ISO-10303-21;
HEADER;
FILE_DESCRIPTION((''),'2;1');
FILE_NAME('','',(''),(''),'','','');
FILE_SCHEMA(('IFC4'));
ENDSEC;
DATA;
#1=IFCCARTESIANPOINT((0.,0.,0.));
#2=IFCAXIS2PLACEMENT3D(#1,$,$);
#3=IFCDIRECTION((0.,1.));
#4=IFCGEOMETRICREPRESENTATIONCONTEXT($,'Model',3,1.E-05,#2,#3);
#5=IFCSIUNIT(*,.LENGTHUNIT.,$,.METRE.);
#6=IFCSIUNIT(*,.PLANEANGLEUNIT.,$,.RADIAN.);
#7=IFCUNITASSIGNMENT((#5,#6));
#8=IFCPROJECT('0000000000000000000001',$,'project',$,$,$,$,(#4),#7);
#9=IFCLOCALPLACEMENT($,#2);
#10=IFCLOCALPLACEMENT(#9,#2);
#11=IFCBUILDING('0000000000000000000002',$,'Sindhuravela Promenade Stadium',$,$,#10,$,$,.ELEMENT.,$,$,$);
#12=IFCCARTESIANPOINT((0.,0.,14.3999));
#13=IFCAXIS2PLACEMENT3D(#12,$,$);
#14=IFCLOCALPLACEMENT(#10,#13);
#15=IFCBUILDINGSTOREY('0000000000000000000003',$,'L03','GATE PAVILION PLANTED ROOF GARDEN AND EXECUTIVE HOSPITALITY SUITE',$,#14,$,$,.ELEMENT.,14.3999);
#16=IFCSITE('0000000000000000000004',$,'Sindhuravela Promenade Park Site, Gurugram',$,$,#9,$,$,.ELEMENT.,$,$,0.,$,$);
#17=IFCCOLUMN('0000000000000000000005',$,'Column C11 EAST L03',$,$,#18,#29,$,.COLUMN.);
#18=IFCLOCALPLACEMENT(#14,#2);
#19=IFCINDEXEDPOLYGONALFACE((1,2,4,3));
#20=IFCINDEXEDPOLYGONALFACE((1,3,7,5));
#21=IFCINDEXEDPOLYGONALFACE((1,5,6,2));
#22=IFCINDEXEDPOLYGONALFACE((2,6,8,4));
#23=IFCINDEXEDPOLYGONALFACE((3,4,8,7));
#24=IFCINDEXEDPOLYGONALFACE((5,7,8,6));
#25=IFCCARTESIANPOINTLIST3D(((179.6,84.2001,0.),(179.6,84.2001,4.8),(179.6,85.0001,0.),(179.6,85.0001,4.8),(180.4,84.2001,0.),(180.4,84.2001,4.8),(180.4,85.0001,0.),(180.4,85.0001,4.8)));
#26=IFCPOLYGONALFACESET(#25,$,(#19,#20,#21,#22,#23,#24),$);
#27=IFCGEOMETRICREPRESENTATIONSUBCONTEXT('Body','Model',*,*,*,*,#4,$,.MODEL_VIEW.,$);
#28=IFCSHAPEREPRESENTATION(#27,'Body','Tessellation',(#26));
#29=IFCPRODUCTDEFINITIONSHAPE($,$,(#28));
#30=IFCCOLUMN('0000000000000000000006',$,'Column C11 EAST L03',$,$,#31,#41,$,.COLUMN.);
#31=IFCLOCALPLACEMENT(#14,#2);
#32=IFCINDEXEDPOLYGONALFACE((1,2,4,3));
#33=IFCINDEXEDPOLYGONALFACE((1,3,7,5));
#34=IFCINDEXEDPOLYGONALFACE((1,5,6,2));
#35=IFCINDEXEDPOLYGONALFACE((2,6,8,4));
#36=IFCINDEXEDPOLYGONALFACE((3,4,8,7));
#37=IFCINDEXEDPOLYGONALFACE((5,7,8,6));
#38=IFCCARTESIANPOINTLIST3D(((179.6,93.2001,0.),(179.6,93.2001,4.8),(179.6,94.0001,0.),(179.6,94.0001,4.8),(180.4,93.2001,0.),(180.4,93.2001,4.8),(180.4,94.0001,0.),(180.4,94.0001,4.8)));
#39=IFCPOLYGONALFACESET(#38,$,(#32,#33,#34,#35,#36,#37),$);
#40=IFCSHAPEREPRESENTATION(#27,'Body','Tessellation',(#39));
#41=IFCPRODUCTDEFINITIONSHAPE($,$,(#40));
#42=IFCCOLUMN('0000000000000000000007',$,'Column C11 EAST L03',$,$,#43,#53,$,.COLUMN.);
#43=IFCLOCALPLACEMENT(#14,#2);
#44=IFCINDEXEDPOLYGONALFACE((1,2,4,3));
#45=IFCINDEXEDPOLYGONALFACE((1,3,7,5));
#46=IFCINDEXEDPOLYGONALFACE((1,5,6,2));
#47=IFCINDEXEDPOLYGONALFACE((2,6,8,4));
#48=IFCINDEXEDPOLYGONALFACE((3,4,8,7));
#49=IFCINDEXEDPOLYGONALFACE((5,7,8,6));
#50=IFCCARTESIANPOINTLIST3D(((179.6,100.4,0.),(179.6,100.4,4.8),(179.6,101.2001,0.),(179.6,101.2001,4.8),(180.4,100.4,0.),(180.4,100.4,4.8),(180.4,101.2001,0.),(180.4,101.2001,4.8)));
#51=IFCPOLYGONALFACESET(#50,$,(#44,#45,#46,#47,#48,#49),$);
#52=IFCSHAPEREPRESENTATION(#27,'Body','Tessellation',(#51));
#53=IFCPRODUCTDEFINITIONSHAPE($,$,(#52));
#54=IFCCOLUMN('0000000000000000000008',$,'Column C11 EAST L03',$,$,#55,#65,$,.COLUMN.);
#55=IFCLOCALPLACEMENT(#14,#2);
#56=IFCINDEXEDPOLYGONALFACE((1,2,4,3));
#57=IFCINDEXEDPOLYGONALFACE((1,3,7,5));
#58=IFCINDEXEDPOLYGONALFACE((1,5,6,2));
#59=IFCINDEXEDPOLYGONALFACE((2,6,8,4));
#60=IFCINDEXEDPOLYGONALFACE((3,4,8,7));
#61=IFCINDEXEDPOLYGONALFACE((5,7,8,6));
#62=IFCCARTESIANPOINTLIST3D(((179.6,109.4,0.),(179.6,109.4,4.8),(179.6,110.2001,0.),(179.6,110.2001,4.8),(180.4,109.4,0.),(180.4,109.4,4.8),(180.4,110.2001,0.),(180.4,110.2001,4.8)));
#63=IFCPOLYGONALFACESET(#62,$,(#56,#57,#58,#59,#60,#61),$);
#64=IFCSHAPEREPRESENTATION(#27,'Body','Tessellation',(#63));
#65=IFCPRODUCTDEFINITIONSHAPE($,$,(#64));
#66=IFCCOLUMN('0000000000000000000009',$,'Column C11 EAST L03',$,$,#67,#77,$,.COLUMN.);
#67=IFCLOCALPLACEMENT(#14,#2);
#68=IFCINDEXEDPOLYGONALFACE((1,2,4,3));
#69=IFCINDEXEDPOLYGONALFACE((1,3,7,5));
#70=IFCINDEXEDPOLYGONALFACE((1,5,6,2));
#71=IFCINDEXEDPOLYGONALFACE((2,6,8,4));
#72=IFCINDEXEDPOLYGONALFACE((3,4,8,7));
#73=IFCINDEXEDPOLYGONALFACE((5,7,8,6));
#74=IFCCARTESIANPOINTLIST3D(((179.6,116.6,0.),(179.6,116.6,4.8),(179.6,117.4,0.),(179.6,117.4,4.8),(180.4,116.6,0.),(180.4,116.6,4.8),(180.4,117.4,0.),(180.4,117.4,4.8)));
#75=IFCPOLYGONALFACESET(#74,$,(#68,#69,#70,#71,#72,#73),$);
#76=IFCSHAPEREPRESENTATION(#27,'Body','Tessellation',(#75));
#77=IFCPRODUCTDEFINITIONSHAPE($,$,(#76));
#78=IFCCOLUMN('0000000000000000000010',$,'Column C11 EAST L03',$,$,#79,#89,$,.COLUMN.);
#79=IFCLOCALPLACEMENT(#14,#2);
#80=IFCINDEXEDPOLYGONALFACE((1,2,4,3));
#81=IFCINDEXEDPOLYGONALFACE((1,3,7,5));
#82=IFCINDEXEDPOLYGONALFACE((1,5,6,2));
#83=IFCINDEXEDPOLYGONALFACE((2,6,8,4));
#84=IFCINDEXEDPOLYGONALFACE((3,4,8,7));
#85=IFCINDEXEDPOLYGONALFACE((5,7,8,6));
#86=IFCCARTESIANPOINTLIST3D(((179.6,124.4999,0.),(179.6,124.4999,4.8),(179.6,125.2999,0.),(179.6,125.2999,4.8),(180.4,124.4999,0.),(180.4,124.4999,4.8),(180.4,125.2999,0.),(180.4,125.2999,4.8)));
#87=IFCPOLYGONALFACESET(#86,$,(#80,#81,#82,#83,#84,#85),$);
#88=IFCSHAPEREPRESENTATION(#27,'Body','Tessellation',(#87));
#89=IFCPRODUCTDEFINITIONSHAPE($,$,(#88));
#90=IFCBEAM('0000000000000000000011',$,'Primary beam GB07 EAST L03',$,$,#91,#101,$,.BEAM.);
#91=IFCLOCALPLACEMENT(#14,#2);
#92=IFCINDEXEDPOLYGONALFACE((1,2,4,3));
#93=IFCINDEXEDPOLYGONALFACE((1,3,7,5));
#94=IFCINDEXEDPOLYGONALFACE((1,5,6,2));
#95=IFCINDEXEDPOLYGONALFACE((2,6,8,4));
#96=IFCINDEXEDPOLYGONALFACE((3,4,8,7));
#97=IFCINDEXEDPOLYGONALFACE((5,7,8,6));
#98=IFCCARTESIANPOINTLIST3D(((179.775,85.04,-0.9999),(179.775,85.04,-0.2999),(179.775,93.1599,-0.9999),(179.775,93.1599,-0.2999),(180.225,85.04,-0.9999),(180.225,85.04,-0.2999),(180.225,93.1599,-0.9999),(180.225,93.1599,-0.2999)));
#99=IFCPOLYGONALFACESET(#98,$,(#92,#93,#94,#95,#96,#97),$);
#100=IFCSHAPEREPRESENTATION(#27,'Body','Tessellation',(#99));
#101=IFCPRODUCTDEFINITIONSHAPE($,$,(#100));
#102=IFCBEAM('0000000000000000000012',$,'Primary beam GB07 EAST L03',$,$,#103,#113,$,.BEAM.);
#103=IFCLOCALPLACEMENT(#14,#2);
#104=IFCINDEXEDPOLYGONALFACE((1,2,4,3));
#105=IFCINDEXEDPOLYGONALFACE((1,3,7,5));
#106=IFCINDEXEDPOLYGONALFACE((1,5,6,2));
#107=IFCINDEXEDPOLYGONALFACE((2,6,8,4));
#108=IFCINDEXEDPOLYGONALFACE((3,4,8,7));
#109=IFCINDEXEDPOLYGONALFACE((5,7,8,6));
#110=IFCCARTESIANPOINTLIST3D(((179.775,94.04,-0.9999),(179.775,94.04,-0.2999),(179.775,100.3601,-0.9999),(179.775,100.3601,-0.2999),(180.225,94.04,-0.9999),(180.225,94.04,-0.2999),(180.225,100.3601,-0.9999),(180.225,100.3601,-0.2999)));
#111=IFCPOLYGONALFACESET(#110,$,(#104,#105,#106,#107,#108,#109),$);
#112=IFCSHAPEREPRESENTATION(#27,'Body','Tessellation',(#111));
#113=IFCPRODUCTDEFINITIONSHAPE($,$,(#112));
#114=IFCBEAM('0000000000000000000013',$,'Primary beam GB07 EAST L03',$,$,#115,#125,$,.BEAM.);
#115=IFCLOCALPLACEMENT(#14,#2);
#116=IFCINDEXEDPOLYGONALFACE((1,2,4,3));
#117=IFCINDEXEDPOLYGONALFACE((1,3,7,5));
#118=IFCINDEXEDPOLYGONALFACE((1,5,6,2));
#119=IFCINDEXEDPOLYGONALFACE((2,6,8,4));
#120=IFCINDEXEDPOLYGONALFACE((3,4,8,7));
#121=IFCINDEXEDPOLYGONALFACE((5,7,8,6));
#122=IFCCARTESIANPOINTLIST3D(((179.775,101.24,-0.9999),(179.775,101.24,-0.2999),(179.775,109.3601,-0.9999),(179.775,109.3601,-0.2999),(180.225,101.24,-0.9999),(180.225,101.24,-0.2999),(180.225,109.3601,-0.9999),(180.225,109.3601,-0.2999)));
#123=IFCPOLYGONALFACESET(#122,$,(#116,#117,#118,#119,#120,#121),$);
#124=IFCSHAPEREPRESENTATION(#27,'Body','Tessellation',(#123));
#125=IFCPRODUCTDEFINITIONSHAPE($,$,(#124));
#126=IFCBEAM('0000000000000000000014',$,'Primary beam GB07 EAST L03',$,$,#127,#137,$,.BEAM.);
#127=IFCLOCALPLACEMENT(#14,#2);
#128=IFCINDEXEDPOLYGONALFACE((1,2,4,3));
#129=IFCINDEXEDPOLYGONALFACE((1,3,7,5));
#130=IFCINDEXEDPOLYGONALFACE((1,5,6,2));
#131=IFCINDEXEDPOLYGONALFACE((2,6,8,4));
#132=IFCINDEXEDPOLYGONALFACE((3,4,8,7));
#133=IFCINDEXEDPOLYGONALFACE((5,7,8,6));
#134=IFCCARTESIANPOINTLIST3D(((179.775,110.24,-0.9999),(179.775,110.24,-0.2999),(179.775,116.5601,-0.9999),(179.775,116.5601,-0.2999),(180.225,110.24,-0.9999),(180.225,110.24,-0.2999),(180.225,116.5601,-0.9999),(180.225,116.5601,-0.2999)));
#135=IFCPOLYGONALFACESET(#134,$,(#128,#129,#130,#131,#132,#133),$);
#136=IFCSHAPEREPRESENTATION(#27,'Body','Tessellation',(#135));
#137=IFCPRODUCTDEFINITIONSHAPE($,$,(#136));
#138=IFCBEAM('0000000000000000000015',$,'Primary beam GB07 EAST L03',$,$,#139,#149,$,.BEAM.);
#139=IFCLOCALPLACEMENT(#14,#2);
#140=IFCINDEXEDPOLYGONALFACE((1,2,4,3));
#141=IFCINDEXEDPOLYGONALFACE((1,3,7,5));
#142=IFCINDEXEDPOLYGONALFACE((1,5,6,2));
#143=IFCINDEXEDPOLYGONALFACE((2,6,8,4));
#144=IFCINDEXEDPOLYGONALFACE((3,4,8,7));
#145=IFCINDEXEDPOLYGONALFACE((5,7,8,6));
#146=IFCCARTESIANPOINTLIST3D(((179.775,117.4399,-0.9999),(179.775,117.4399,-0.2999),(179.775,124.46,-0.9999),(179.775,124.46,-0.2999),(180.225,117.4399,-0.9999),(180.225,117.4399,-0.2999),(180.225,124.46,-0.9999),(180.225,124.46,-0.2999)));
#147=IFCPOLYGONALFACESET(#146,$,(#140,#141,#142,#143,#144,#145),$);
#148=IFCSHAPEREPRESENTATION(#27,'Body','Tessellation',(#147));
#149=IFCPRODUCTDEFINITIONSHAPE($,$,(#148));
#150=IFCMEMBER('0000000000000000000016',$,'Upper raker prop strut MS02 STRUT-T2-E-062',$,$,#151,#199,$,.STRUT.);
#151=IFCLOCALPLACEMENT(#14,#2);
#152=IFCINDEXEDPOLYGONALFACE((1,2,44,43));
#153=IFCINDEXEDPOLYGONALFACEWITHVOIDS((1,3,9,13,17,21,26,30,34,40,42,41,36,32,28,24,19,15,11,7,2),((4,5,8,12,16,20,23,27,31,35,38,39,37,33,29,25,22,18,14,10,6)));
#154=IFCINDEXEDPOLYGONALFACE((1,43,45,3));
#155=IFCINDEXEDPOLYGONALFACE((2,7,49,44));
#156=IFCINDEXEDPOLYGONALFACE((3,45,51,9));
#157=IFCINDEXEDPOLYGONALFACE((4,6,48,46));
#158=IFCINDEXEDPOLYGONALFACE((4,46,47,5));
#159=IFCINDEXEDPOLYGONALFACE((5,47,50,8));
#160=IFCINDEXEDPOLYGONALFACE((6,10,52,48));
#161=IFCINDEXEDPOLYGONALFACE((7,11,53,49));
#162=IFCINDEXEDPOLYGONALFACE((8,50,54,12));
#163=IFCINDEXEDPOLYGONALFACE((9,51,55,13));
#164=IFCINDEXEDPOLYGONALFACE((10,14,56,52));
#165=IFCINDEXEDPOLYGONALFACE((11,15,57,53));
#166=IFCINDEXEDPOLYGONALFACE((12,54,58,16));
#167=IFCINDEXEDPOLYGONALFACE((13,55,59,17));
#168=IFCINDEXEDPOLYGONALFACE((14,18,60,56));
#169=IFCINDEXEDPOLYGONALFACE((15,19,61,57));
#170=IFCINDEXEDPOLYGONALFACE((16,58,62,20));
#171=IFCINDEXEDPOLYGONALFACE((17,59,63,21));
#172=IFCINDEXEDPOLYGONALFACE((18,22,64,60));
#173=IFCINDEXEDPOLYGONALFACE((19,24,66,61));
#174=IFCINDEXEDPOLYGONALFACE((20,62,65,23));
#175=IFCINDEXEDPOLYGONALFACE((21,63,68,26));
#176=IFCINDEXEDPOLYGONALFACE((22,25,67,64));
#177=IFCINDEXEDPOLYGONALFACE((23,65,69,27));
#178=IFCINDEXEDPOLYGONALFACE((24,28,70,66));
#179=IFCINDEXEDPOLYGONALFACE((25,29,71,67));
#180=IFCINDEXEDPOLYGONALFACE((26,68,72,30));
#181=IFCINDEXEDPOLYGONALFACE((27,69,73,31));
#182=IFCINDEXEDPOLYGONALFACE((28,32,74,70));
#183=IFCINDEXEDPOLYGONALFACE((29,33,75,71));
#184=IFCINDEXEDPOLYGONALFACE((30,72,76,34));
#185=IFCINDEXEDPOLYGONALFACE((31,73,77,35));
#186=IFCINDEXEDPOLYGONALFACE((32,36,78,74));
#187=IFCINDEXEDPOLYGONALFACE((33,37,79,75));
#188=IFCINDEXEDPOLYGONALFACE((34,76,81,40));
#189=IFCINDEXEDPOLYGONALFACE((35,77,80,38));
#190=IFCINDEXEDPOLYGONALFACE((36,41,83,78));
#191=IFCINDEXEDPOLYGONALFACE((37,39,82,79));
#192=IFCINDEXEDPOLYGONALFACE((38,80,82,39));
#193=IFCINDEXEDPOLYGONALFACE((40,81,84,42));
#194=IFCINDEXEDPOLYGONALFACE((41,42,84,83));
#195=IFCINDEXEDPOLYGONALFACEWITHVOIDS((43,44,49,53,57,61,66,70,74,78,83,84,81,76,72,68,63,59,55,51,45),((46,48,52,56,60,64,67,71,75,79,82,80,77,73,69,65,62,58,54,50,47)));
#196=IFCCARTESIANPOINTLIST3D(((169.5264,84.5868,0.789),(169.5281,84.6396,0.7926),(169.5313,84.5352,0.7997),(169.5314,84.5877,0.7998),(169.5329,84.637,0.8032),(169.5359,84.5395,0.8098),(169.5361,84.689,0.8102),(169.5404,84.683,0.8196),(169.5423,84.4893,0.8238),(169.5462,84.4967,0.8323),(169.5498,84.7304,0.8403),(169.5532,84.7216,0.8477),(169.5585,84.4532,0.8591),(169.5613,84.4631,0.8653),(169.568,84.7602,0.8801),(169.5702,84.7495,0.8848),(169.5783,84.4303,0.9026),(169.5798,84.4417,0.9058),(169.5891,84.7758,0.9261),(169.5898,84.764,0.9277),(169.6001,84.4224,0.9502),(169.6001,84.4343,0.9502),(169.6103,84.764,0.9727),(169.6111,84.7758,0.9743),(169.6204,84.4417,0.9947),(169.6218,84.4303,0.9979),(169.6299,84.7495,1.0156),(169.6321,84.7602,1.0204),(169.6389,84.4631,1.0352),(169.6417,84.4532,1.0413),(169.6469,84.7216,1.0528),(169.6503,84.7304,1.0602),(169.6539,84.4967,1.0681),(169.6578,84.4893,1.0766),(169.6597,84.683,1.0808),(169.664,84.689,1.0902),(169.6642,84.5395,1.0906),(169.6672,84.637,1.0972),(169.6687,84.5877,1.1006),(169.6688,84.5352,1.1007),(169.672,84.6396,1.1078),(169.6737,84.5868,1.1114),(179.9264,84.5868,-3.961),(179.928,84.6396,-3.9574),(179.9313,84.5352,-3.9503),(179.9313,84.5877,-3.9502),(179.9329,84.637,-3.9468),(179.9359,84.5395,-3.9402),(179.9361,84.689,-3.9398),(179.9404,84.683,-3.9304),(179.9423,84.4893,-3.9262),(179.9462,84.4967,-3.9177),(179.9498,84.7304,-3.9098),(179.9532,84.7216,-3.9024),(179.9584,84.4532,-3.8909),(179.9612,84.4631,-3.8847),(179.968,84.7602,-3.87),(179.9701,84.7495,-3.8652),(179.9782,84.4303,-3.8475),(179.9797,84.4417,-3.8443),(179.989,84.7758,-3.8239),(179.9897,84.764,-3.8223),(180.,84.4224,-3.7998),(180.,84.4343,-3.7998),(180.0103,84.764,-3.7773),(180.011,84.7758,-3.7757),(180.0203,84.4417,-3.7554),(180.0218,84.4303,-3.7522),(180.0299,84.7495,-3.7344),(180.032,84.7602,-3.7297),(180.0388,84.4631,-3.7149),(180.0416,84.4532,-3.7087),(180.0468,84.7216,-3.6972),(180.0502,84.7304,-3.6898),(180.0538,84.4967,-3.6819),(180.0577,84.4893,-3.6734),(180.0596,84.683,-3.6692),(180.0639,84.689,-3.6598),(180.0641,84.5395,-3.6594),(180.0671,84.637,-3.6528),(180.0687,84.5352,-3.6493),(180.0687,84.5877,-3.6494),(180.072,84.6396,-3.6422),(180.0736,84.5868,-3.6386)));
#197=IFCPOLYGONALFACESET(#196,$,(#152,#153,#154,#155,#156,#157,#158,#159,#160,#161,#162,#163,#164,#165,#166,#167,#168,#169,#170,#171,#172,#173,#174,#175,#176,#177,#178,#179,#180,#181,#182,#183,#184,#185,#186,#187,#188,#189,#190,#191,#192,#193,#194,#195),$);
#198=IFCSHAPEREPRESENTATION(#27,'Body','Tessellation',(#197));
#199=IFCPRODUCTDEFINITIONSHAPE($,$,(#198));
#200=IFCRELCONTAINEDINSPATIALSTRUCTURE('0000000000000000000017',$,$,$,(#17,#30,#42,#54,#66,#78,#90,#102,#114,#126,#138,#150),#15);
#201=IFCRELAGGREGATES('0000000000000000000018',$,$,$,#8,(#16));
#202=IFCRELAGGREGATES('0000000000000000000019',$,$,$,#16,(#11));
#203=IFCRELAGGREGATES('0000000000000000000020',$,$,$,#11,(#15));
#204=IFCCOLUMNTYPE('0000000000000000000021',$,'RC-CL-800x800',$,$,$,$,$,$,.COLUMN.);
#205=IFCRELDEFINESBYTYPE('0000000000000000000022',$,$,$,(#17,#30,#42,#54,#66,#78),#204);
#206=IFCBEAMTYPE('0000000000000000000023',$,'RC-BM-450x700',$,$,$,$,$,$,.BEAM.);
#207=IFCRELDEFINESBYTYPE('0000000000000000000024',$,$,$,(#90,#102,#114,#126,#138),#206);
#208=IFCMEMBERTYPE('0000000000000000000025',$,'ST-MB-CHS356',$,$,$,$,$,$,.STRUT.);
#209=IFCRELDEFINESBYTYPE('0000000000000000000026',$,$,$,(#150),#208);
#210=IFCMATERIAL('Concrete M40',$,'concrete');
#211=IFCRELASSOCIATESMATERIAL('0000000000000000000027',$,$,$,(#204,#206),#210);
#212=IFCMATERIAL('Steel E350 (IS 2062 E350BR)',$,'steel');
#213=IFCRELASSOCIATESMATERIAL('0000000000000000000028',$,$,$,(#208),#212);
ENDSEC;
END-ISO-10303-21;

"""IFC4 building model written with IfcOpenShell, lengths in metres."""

from ifc_helpers import new_model, si_unit, direction, frame, origin, origin_2d, place, context, subcontext, project, spatial, rectangle, hollow_circle, extrude, material, material_profile, profile_set, type_object, element, save


model = new_model("IFC4")

# Units and contexts
model_context = context("Model", 3, precision=1e-05, world=origin(), true_north=direction((0.0, 1.0)))
body_context = subcontext(model_context, "Body", "Model", "MODEL_VIEW")
ifc_project = project(units=[si_unit("LENGTHUNIT", "METRE"), si_unit("PLANEANGLEUNIT", "RADIAN")], contexts=[model_context])

# Site, building, storey
site_placement = place(None, origin())
site = spatial("IfcSite", under=ifc_project, at=site_placement, Name="Sindhuravela Promenade Park Site, Gurugram", CompositionType="ELEMENT", RefElevation=0.0)
building_placement = place(site_placement, origin())
building = spatial("IfcBuilding", under=site, at=building_placement, Name="Sindhuravela Promenade Stadium", CompositionType="ELEMENT")
storey_placement = place(building_placement, frame((0.0, 0.0, 14.3999)))
storey = spatial("IfcBuildingStorey", under=building, at=storey_placement, Name="L03", Description="GATE PAVILION PLANTED ROOF GARDEN AND EXECUTIVE HOSPITALITY SUITE", CompositionType="ELEMENT", Elevation=14.3999)

# Columns
ifc_material_1 = material(Name="Concrete M40", Category="concrete")
ifc_material_profile_1 = material_profile(ifc_material_1, rectangle(XDim=0.8, YDim=0.8, at=origin_2d()), Name="RC 800x800")
ifc_profile_set_1 = profile_set([ifc_material_profile_1], Name="Concrete M40")
column_type = type_object("IfcColumnType", Name="RC-CL-800x800", PredefinedType="COLUMN", material=ifc_profile_set_1)
for number, where, z_axis, x_axis, name in (
    (1, (180.0, 84.6001, 0.0), (0.0, 0.0, 1.0), (1.0, 0.0, 0.0), "Column C11 EAST L03"),
    (2, (180.0, 93.6001, 0.0), (0.0, 0.0, 1.0), (1.0, 0.0, 0.0), "Column C11 EAST L03"),
    (3, (180.0, 100.8, 0.0), (0.0, 0.0, 1.0), (1.0, 0.0, 0.0), "Column C11 EAST L03"),
    (4, (180.0, 109.8, 0.0), (0.0, 0.0, 1.0), (1.0, 0.0, 0.0), "Column C11 EAST L03"),
    (5, (180.0, 117.0, 0.0), (0.0, 0.0, 1.0), (1.0, 0.0, 0.0), "Column C11 EAST L03"),
    (6, (180.0, 124.8999, 0.0), (0.0, 0.0, 1.0), (1.0, 0.0, 0.0), "Column C11 EAST L03"),
):
    element("IfcColumn", number, at=place(storey_placement, frame(where, z_axis=z_axis, x_axis=x_axis)), inside=storey, type_object=column_type, Name=name, PredefinedType="COLUMN", context=body_context, shape_type="SweptSolid", body=[
        extrude(rectangle(XDim=0.8, YDim=0.8, at=origin_2d()), origin(), (0.0, 0.0, 1.0), 4.8),
    ])

# Beams
ifc_material_profile_2 = material_profile(ifc_material_1, rectangle(XDim=0.45, YDim=0.7, at=origin_2d()), Name="RC 450x700")
ifc_profile_set_2 = profile_set([ifc_material_profile_2], Name="Concrete M40")
beam_type = type_object("IfcBeamType", Name="RC-BM-450x700", PredefinedType="BEAM", material=ifc_profile_set_2)
beam_1_placement = place(storey_placement, frame((180.0, 85.04, -0.6499), z_axis=(0.0, 1.0, 0.0), x_axis=(-1.0, 0.0, 0.0)))
element("IfcBeam", 7, at=beam_1_placement, inside=storey, type_object=beam_type, Name="Primary beam GB07 EAST L03", PredefinedType="BEAM", context=body_context, shape_type="SweptSolid", body=[
    extrude(rectangle(XDim=0.45, YDim=0.7, at=origin_2d()), origin(), (0.0, 0.0, 1.0), 8.1199),
])
beam_2_placement = place(storey_placement, frame((180.0, 94.04, -0.6499), z_axis=(0.0, 1.0, 0.0), x_axis=(-1.0, 0.0, 0.0)))
element("IfcBeam", 8, at=beam_2_placement, inside=storey, type_object=beam_type, Name="Primary beam GB07 EAST L03", PredefinedType="BEAM", context=body_context, shape_type="SweptSolid", body=[
    extrude(rectangle(XDim=0.45, YDim=0.7, at=origin_2d()), origin(), (0.0, 0.0, 1.0), 6.3201),
])
beam_3_placement = place(storey_placement, frame((180.0, 101.24, -0.6499), z_axis=(0.0, 1.0, 0.0), x_axis=(-1.0, 0.0, 0.0)))
element("IfcBeam", 9, at=beam_3_placement, inside=storey, type_object=beam_type, Name="Primary beam GB07 EAST L03", PredefinedType="BEAM", context=body_context, shape_type="SweptSolid", body=[
    extrude(rectangle(XDim=0.45, YDim=0.7, at=origin_2d()), origin(), (0.0, 0.0, 1.0), 8.1201),
])
beam_4_placement = place(storey_placement, frame((180.0, 110.24, -0.6499), z_axis=(0.0, 1.0, 0.0), x_axis=(-1.0, 0.0, 0.0)))
element("IfcBeam", 10, at=beam_4_placement, inside=storey, type_object=beam_type, Name="Primary beam GB07 EAST L03", PredefinedType="BEAM", context=body_context, shape_type="SweptSolid", body=[
    extrude(rectangle(XDim=0.45, YDim=0.7, at=origin_2d()), origin(), (0.0, 0.0, 1.0), 6.3201),
])
beam_5_placement = place(storey_placement, frame((180.0, 117.4399, -0.6499), z_axis=(0.0, 1.0, 0.0), x_axis=(-1.0, 0.0, 0.0)))
element("IfcBeam", 11, at=beam_5_placement, inside=storey, type_object=beam_type, Name="Primary beam GB07 EAST L03", PredefinedType="BEAM", context=body_context, shape_type="SweptSolid", body=[
    extrude(rectangle(XDim=0.45, YDim=0.7, at=origin_2d()), origin(), (0.0, 0.0, 1.0), 7.02),
])

# Member
ifc_material_2 = material(Name="Steel E350 (IS 2062 E350BR)", Category="steel")
ifc_material_profile_3 = material_profile(ifc_material_2, hollow_circle(Radius=0.1777, WallThickness=0.012, at=origin_2d()), Name="CHS 355.6x12")
ifc_profile_set_3 = profile_set([ifc_material_profile_3], Name="Steel E350 (IS 2062 E350BR)")
member_type = type_object("IfcMemberType", Name="ST-MB-CHS356", PredefinedType="STRUT", material=ifc_profile_set_3)
for number, where, z_axis, x_axis, name in (
    (12, (180.0, 84.6001, -3.7998), (-0.909615, 0.0, 0.415453), (0.0, -1.0, 0.0), "Upper raker prop strut MS02 STRUT-T2-E-062"),
):
    element("IfcMember", number, at=place(storey_placement, frame(where, z_axis=z_axis, x_axis=x_axis)), inside=storey, type_object=member_type, Name=name, PredefinedType="STRUT", context=body_context, shape_type="SweptSolid", body=[
        extrude(hollow_circle(Radius=0.1777, WallThickness=0.012, at=origin_2d()), origin(), (0.0, 0.0, 1.0), 11.4333),
    ])

save(model, "model.ifc")
